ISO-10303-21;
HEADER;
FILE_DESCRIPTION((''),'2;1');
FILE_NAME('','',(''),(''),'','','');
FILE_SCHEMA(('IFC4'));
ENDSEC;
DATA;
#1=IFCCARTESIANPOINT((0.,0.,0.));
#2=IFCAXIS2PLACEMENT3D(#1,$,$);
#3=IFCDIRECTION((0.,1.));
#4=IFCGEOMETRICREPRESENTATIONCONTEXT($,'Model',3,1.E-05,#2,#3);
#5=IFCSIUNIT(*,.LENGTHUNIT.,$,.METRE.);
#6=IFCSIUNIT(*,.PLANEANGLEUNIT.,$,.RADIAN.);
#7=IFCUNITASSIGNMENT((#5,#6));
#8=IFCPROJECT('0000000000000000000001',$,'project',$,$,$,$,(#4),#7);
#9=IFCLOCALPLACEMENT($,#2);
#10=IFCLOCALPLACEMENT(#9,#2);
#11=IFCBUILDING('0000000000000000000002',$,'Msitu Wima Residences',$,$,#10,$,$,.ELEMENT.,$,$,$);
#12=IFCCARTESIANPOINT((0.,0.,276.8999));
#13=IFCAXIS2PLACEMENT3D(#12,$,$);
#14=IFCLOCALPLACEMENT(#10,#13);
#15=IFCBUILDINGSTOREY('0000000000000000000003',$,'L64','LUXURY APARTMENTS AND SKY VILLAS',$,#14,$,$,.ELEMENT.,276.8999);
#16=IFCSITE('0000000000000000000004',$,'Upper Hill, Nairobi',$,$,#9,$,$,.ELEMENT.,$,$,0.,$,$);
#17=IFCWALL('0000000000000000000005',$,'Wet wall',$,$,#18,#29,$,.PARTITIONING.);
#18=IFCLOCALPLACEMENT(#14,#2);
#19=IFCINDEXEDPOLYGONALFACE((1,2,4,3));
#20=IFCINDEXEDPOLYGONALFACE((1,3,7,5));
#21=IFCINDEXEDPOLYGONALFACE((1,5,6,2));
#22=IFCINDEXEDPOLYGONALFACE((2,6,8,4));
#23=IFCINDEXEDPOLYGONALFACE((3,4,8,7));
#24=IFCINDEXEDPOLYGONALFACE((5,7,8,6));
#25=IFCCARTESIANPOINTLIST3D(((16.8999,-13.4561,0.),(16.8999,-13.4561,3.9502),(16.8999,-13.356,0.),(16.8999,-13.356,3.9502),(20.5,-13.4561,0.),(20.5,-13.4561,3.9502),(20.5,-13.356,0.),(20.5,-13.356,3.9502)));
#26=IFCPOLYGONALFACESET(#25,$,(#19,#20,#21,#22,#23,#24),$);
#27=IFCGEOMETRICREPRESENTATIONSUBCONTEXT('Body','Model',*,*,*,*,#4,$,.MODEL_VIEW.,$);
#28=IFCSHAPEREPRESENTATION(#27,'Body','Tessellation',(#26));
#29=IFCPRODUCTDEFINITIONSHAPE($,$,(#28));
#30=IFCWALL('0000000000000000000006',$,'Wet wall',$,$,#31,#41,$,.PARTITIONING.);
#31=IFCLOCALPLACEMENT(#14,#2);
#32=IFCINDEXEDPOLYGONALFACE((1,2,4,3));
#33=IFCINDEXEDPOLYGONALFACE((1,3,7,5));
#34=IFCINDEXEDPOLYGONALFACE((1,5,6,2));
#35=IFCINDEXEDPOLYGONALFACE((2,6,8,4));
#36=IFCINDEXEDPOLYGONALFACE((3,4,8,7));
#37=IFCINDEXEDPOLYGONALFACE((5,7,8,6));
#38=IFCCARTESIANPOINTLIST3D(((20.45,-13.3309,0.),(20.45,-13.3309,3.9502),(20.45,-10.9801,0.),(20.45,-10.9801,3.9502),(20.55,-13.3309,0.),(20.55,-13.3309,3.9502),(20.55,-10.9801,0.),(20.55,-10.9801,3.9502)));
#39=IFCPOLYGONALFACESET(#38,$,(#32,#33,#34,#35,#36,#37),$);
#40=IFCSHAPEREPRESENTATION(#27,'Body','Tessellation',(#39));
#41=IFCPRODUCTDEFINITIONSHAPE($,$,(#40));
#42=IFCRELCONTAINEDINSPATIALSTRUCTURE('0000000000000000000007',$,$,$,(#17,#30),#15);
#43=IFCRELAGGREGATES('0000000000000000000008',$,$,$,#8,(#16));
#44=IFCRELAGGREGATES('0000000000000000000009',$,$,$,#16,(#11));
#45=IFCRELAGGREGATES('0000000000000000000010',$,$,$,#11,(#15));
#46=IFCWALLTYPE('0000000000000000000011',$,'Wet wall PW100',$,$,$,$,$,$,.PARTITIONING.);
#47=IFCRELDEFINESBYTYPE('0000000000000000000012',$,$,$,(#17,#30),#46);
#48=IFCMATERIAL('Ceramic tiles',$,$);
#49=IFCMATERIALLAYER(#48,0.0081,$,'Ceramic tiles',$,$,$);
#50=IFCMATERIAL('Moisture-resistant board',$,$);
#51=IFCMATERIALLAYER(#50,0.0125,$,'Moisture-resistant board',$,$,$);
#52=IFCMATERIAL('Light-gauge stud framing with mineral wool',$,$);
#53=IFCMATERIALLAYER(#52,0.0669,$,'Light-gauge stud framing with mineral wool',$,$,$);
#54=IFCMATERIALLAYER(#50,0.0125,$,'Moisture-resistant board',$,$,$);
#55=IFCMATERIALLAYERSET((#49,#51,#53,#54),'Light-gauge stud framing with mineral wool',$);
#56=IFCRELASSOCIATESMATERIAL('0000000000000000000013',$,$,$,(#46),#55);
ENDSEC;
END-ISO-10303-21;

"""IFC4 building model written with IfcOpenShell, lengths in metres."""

from ifc_helpers import new_model, si_unit, direction, frame, frame_2d, origin, place, context, subcontext, project, spatial, rectangle, extrude, material, layer, layer_set, type_object, element, save


model = new_model("IFC4")

# Units and contexts
model_context = context("Model", 3, precision=1e-05, world=origin(), true_north=direction((0.0, 1.0)))
body_context = subcontext(model_context, "Body", "Model", "MODEL_VIEW")
ifc_project = project(units=[si_unit("LENGTHUNIT", "METRE"), si_unit("PLANEANGLEUNIT", "RADIAN")], contexts=[model_context])

# Site, building, storey
site_placement = place(None, origin())
site = spatial("IfcSite", under=ifc_project, at=site_placement, Name="Upper Hill, Nairobi", CompositionType="ELEMENT", RefElevation=0.0)
building_placement = place(site_placement, origin())
building = spatial("IfcBuilding", under=site, at=building_placement, Name="Msitu Wima Residences", CompositionType="ELEMENT")
storey_placement = place(building_placement, frame((0.0, 0.0, 276.8999)))
storey = spatial("IfcBuildingStorey", under=building, at=storey_placement, Name="L64", Description="LUXURY APARTMENTS AND SKY VILLAS", CompositionType="ELEMENT", Elevation=276.8999)

# Walls
ifc_material_1 = material(Name="Ceramic tiles")
ifc_layer_1 = layer(ifc_material_1, 0.0081, Name="Ceramic tiles")
ifc_material_2 = material(Name="Moisture-resistant board")
ifc_layer_2 = layer(ifc_material_2, 0.0125, Name="Moisture-resistant board")
ifc_material_3 = material(Name="Light-gauge stud framing with mineral wool")
ifc_layer_3 = layer(ifc_material_3, 0.0669, Name="Light-gauge stud framing with mineral wool")
ifc_layer_4 = layer(ifc_material_2, 0.0125, Name="Moisture-resistant board")
ifc_layer_set_1 = layer_set([ifc_layer_1, ifc_layer_2, ifc_layer_3, ifc_layer_4], Name="Light-gauge stud framing with mineral wool")
wall_type_1 = type_object("IfcWallType", Name="Wet wall PW100", PredefinedType="PARTITIONING", material=ifc_layer_set_1)
wall_1_placement = place(storey_placement, frame((16.8999, -13.406, 0.0), z_axis=(0.0, 0.0, 1.0), x_axis=(1.0, 0.0, 0.0)))
element("IfcWall", 1, at=wall_1_placement, inside=storey, type_object=wall_type_1, Name="Wet wall", PredefinedType="PARTITIONING", context=body_context, shape_type="SweptSolid", body=[
    extrude(rectangle(XDim=3.6001, YDim=0.1001, at=frame_2d((1.8, 0.0))), origin(), (0.0, 0.0, 1.0), 3.9502),
])
wall_2_placement = place(storey_placement, frame((20.5, -13.3308, 0.0), z_axis=(0.0, 0.0, 1.0), x_axis=(0.0, 1.0, 0.0)))
element("IfcWall", 2, at=wall_2_placement, inside=storey, type_object=wall_type_1, Name="Wet wall", PredefinedType="PARTITIONING", context=body_context, shape_type="SweptSolid", body=[
    extrude(rectangle(XDim=2.3508, YDim=0.1001, at=frame_2d((1.1753, 0.0))), origin(), (0.0, 0.0, 1.0), 3.9502),
])

save(model, "model.ifc")
